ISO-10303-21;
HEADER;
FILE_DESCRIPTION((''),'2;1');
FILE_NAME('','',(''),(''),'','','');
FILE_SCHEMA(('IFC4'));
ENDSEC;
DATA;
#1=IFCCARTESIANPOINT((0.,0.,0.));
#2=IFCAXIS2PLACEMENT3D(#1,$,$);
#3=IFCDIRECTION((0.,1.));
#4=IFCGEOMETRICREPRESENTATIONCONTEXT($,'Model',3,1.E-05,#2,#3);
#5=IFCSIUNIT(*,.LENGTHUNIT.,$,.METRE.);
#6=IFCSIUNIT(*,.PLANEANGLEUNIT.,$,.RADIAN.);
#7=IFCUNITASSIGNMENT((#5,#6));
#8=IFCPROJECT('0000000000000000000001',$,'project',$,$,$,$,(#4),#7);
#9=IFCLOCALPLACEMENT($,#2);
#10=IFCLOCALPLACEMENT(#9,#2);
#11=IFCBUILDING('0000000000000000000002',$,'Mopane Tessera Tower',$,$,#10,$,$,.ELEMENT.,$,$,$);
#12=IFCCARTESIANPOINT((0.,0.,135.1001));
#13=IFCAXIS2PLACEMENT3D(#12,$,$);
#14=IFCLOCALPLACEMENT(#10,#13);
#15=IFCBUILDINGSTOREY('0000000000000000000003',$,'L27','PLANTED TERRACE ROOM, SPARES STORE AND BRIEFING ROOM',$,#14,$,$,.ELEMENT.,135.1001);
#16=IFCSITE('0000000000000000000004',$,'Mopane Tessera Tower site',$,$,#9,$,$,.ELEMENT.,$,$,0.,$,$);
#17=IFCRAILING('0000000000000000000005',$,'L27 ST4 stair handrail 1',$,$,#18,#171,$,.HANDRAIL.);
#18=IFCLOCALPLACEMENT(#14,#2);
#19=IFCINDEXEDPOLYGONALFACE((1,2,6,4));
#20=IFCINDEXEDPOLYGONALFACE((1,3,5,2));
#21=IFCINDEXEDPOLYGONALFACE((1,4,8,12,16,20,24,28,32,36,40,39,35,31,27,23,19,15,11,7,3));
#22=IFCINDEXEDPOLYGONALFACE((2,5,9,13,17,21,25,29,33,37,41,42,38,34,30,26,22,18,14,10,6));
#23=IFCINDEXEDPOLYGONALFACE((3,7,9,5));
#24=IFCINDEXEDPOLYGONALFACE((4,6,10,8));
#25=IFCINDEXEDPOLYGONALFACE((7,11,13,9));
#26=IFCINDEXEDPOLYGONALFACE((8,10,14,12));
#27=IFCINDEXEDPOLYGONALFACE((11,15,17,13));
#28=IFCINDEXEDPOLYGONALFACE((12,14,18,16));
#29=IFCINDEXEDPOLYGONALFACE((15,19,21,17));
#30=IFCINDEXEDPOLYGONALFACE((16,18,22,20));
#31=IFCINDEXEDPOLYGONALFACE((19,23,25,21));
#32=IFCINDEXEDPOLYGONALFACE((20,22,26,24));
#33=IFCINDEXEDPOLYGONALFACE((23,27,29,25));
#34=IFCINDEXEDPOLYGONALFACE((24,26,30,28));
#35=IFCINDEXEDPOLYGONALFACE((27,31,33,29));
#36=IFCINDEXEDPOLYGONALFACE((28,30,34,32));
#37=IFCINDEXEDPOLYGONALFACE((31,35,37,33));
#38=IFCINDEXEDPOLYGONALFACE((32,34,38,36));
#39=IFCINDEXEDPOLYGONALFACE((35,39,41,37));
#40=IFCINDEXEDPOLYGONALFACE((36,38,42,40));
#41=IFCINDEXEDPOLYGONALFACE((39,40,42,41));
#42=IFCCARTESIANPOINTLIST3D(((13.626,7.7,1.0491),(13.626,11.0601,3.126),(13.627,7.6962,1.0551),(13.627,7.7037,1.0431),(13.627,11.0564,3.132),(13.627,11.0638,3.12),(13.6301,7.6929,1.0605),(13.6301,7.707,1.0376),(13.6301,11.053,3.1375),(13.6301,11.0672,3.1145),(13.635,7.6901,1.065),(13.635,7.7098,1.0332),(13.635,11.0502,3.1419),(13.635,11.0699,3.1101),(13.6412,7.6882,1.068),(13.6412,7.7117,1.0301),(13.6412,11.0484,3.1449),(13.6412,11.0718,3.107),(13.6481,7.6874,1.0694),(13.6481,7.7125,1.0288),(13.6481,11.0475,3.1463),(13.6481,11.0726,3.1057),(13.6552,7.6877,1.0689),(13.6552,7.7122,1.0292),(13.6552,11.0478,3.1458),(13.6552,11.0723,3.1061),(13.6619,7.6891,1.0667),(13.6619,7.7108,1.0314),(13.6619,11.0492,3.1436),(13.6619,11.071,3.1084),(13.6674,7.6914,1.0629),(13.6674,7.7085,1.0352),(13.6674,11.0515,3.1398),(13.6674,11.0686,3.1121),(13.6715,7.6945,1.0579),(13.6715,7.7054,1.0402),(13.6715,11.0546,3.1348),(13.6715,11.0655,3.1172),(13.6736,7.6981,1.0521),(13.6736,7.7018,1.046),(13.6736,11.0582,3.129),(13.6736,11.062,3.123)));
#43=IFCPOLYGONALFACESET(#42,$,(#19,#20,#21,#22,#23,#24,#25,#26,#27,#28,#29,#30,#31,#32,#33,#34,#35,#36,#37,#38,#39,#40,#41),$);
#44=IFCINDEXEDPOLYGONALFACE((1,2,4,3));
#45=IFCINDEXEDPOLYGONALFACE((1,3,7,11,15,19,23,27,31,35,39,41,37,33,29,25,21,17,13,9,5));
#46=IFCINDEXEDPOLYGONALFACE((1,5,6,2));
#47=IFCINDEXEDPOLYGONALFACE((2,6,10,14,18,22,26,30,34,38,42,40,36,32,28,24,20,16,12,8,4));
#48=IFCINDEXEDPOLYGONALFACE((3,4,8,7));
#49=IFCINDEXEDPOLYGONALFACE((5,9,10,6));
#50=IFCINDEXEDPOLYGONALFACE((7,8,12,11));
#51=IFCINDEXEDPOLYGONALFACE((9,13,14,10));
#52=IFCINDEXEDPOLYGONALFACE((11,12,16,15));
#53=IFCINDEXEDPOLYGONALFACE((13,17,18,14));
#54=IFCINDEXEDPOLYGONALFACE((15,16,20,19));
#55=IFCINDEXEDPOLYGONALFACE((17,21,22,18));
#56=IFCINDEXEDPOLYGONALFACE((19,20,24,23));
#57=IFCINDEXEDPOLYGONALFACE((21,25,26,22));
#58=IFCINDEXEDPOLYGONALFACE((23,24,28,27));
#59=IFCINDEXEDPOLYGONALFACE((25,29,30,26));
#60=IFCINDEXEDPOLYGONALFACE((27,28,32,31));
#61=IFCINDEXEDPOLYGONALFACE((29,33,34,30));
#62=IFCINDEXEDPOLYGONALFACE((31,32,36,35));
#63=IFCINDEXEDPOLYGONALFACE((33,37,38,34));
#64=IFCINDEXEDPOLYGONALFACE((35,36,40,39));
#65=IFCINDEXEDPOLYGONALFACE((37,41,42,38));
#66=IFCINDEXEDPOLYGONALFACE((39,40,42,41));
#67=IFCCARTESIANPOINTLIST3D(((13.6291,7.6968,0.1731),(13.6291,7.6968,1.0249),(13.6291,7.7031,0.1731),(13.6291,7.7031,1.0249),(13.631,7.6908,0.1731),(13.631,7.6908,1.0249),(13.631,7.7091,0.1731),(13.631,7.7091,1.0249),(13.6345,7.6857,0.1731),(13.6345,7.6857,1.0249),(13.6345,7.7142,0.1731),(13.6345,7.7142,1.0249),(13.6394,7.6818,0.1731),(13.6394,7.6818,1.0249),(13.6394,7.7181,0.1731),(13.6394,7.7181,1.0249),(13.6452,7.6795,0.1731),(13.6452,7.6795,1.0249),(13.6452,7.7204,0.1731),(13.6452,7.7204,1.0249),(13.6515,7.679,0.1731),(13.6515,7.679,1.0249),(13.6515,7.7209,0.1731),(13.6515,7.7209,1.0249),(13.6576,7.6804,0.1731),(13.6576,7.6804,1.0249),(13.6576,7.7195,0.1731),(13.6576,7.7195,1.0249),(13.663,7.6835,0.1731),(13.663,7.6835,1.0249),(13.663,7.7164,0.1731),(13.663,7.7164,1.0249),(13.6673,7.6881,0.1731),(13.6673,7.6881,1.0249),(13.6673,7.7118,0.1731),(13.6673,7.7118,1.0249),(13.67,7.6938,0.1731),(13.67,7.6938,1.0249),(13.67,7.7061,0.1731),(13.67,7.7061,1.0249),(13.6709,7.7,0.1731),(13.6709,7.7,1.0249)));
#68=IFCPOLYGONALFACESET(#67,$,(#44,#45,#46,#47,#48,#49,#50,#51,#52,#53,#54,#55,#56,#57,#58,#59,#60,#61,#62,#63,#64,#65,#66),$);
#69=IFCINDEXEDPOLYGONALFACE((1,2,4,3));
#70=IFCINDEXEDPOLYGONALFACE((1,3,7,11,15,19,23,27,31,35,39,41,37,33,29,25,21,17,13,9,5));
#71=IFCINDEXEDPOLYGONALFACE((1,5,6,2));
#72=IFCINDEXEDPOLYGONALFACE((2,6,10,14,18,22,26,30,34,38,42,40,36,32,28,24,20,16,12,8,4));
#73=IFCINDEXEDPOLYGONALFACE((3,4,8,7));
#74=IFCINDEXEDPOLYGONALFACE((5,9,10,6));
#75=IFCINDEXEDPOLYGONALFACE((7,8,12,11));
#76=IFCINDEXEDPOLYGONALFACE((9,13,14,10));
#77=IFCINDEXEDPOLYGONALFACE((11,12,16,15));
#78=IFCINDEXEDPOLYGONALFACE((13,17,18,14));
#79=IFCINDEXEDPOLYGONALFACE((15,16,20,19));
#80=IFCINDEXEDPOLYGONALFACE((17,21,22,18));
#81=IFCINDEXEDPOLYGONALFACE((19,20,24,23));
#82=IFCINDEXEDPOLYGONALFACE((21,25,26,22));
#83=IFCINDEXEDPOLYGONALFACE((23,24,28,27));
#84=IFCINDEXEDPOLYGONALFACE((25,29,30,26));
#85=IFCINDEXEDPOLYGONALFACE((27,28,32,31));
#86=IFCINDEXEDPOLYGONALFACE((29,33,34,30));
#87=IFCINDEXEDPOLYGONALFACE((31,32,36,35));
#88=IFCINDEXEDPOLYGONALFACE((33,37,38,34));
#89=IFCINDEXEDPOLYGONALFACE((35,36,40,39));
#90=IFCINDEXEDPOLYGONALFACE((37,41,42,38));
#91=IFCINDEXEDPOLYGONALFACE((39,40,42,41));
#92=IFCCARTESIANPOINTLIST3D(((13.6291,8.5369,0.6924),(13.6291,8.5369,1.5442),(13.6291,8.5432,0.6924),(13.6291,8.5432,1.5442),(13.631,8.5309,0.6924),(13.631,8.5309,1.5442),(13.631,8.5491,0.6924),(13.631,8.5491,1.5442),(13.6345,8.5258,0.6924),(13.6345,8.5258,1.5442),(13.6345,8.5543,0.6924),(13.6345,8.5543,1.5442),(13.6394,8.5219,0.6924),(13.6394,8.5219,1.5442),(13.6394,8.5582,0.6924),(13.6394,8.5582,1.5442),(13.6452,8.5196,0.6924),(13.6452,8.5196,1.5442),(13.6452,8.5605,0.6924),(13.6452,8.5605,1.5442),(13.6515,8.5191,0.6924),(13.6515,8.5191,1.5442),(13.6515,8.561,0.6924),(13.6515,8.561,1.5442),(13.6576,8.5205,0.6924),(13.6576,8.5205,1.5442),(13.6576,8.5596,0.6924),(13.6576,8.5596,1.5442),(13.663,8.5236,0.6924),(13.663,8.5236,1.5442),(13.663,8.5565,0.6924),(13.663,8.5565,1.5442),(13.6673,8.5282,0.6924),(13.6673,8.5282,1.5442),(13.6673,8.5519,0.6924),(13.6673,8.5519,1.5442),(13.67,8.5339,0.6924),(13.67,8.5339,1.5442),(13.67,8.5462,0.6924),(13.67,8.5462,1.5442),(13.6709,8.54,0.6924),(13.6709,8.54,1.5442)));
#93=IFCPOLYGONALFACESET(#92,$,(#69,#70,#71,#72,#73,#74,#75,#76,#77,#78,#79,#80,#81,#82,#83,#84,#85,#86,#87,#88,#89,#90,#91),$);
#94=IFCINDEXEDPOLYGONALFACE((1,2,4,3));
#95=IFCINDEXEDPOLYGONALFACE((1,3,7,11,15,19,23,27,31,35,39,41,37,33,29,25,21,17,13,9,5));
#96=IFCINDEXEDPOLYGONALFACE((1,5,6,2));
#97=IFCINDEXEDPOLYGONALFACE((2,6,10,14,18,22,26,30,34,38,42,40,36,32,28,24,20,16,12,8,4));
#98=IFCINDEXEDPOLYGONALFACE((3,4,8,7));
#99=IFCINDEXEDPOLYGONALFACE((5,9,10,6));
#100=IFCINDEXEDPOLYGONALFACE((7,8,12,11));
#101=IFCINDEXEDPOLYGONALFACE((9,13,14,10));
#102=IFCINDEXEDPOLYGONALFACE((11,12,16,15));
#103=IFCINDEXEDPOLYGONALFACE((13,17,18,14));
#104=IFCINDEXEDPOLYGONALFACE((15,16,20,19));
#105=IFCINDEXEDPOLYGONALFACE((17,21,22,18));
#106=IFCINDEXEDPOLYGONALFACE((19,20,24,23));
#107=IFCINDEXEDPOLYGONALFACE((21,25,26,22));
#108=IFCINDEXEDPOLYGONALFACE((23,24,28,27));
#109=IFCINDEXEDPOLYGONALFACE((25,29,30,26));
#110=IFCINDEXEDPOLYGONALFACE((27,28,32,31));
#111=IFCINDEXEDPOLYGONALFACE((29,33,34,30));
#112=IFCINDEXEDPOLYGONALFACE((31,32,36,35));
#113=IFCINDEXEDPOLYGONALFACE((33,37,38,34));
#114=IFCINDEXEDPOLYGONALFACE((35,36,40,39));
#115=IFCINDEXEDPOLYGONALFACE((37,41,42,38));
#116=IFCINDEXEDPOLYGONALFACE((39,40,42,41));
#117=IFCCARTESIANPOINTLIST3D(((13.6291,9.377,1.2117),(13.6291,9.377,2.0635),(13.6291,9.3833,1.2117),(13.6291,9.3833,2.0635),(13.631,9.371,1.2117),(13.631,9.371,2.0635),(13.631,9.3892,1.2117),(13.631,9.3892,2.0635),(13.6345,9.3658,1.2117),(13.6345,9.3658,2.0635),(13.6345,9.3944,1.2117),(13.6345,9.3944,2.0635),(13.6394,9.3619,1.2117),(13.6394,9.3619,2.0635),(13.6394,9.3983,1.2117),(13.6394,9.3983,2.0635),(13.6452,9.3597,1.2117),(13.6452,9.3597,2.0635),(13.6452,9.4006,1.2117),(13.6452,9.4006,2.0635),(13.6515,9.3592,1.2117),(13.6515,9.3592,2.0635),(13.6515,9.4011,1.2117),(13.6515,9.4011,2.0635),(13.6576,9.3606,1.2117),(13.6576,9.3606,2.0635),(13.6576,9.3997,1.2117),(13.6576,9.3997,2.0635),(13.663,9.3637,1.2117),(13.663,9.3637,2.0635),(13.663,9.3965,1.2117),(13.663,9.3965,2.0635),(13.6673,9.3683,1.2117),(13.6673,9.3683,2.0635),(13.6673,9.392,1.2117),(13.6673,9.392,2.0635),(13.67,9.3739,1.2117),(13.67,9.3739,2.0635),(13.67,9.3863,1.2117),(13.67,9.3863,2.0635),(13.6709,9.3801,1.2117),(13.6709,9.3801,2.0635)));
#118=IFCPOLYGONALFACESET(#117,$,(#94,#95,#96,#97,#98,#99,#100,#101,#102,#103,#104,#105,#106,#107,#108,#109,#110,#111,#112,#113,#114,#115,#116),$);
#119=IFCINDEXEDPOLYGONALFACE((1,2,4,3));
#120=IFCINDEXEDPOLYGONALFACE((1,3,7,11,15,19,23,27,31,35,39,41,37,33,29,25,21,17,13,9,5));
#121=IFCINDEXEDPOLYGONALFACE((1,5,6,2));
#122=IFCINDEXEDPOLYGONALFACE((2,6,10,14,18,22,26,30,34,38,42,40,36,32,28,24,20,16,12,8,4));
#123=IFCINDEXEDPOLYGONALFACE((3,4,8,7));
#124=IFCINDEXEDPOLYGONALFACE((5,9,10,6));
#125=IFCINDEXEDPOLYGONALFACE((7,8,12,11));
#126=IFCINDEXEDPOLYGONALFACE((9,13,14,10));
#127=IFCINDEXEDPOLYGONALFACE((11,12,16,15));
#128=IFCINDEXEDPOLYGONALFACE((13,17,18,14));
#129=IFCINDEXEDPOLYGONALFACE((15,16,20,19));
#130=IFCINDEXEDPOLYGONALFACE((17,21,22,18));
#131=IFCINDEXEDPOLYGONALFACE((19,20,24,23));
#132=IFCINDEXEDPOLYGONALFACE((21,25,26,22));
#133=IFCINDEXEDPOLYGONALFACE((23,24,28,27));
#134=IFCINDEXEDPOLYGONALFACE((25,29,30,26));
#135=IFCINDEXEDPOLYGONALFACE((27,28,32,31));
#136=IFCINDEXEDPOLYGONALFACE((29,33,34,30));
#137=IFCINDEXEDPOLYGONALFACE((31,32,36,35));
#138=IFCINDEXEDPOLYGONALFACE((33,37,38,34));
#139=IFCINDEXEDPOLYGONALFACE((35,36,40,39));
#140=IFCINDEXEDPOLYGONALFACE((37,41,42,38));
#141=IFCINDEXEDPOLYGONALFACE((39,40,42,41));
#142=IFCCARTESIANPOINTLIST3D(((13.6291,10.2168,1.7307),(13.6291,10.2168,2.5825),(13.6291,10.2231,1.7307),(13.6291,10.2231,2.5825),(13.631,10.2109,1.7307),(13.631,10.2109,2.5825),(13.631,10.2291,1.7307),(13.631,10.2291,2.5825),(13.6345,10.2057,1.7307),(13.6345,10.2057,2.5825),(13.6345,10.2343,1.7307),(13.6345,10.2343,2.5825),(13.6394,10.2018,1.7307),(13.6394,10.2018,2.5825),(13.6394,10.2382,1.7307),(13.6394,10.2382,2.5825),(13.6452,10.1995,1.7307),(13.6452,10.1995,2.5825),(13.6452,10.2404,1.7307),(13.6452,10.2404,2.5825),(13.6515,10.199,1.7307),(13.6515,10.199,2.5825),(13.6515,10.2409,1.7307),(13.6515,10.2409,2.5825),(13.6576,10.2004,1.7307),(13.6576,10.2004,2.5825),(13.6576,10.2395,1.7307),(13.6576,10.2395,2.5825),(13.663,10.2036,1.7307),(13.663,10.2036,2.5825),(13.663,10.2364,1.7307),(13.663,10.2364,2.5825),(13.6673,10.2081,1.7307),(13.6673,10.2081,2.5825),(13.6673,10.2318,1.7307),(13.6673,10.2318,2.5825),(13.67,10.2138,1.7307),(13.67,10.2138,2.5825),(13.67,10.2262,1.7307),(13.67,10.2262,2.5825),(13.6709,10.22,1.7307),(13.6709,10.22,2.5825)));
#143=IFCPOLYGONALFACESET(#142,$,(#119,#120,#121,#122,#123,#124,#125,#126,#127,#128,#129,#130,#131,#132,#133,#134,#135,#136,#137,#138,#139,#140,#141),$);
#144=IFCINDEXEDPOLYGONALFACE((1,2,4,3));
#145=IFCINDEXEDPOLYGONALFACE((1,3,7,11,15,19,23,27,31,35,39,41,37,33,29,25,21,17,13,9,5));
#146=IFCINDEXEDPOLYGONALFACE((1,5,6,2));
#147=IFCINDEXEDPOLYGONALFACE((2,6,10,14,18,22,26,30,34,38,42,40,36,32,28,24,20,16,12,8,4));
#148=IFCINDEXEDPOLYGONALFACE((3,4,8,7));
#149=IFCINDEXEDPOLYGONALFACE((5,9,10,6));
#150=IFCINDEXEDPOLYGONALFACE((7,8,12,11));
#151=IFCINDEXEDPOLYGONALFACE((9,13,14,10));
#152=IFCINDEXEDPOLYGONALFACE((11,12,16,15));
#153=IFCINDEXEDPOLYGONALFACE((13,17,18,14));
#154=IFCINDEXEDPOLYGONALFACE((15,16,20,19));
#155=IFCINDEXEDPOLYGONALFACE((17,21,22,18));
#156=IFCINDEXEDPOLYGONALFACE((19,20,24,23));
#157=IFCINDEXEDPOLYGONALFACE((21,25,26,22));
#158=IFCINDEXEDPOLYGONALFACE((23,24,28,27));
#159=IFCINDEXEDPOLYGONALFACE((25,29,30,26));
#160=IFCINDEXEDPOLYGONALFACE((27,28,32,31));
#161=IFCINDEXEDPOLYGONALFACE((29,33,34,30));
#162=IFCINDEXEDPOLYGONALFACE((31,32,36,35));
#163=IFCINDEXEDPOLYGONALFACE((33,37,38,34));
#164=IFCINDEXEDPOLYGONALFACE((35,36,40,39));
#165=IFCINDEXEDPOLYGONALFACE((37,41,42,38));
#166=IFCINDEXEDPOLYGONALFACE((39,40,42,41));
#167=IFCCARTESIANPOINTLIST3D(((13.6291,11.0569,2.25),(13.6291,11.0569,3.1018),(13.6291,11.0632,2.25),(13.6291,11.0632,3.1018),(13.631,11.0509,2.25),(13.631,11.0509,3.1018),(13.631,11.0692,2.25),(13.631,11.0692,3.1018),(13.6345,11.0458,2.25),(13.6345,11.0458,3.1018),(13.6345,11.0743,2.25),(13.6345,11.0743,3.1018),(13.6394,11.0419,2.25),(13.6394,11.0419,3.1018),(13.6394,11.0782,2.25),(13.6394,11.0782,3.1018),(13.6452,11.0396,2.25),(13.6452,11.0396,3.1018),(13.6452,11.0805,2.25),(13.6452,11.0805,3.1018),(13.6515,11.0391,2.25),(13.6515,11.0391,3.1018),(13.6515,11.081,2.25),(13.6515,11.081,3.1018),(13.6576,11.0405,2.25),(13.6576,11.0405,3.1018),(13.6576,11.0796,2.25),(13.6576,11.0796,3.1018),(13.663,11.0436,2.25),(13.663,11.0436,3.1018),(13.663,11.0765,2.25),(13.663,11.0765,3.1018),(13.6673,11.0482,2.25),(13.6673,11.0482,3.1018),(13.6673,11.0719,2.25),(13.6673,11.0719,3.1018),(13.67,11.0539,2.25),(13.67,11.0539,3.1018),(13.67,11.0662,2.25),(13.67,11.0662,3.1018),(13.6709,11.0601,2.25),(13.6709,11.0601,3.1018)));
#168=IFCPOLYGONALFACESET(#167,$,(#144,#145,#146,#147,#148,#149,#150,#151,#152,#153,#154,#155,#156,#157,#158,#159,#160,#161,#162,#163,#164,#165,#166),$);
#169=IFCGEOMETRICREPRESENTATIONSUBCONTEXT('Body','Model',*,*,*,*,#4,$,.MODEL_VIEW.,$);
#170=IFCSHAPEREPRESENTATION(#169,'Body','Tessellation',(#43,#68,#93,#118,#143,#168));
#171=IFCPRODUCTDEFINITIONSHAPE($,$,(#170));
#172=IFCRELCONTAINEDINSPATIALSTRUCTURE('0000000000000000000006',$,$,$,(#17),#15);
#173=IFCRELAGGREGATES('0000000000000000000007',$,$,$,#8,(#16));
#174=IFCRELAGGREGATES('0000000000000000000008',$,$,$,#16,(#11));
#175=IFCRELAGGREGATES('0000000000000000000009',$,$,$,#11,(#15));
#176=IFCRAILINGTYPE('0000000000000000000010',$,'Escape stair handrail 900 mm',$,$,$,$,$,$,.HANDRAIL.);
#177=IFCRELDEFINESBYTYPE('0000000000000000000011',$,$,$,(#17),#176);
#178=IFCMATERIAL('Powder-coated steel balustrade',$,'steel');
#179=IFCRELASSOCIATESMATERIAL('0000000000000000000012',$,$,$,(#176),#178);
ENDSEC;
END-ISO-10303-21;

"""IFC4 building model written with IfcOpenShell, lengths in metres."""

from ifc_helpers import new_model, si_unit, direction, frame, origin, origin_2d, place, context, subcontext, project, spatial, circle, extrude, material, type_object, element, save


model = new_model("IFC4")

# Units and contexts
model_context = context("Model", 3, precision=1e-05, world=origin(), true_north=direction((0.0, 1.0)))
body_context = subcontext(model_context, "Body", "Model", "MODEL_VIEW")
ifc_project = project(units=[si_unit("LENGTHUNIT", "METRE"), si_unit("PLANEANGLEUNIT", "RADIAN")], contexts=[model_context])

# Site, building, storey
site_placement = place(None, origin())
site = spatial("IfcSite", under=ifc_project, at=site_placement, Name="Mopane Tessera Tower site", CompositionType="ELEMENT", RefElevation=0.0)
building_placement = place(site_placement, origin())
building = spatial("IfcBuilding", under=site, at=building_placement, Name="Mopane Tessera Tower", CompositionType="ELEMENT")
storey_placement = place(building_placement, frame((0.0, 0.0, 135.1001)))
storey = spatial("IfcBuildingStorey", under=building, at=storey_placement, Name="L27", Description="PLANTED TERRACE ROOM, SPARES STORE AND BRIEFING ROOM", CompositionType="ELEMENT", Elevation=135.1001)

# Railing
ifc_material_1 = material(Name="Powder-coated steel balustrade", Category="steel")
railing_type_1 = type_object("IfcRailingType", Name="Escape stair handrail 900 mm", PredefinedType="HANDRAIL", material=ifc_material_1)
railing_1_placement = place(storey_placement, frame((13.6499, 7.7, 0.1731)))
element("IfcRailing", 1, at=railing_1_placement, inside=storey, type_object=railing_type_1, Name="L27 ST4 stair handrail 1", PredefinedType="HANDRAIL", context=body_context, shape_type="SweptSolid", body=[
    extrude(circle(Radius=0.0239, at=origin_2d()), frame((0.0, 0.0, 0.876), z_axis=(0.0, 0.850623, 0.525776), x_axis=(-1.0, 0.0, 0.0)), (0.0, 0.0, 1.0), 3.9502),
    extrude(circle(Radius=0.021, at=origin_2d()), origin(), (0.0, 0.0, 1.0), 0.8518),
    extrude(circle(Radius=0.021, at=origin_2d()), frame((0.0, 0.8401, 0.5193)), (0.0, 0.0, 1.0), 0.8518),
    extrude(circle(Radius=0.021, at=origin_2d()), frame((0.0, 1.6802, 1.0386)), (0.0, 0.0, 1.0), 0.8518),
    extrude(circle(Radius=0.021, at=origin_2d()), frame((0.0, 2.52, 1.5576)), (0.0, 0.0, 1.0), 0.8518),
    extrude(circle(Radius=0.021, at=origin_2d()), frame((0.0, 3.3601, 2.0769)), (0.0, 0.0, 1.0), 0.8518),
])

save(model, "model.ifc")
